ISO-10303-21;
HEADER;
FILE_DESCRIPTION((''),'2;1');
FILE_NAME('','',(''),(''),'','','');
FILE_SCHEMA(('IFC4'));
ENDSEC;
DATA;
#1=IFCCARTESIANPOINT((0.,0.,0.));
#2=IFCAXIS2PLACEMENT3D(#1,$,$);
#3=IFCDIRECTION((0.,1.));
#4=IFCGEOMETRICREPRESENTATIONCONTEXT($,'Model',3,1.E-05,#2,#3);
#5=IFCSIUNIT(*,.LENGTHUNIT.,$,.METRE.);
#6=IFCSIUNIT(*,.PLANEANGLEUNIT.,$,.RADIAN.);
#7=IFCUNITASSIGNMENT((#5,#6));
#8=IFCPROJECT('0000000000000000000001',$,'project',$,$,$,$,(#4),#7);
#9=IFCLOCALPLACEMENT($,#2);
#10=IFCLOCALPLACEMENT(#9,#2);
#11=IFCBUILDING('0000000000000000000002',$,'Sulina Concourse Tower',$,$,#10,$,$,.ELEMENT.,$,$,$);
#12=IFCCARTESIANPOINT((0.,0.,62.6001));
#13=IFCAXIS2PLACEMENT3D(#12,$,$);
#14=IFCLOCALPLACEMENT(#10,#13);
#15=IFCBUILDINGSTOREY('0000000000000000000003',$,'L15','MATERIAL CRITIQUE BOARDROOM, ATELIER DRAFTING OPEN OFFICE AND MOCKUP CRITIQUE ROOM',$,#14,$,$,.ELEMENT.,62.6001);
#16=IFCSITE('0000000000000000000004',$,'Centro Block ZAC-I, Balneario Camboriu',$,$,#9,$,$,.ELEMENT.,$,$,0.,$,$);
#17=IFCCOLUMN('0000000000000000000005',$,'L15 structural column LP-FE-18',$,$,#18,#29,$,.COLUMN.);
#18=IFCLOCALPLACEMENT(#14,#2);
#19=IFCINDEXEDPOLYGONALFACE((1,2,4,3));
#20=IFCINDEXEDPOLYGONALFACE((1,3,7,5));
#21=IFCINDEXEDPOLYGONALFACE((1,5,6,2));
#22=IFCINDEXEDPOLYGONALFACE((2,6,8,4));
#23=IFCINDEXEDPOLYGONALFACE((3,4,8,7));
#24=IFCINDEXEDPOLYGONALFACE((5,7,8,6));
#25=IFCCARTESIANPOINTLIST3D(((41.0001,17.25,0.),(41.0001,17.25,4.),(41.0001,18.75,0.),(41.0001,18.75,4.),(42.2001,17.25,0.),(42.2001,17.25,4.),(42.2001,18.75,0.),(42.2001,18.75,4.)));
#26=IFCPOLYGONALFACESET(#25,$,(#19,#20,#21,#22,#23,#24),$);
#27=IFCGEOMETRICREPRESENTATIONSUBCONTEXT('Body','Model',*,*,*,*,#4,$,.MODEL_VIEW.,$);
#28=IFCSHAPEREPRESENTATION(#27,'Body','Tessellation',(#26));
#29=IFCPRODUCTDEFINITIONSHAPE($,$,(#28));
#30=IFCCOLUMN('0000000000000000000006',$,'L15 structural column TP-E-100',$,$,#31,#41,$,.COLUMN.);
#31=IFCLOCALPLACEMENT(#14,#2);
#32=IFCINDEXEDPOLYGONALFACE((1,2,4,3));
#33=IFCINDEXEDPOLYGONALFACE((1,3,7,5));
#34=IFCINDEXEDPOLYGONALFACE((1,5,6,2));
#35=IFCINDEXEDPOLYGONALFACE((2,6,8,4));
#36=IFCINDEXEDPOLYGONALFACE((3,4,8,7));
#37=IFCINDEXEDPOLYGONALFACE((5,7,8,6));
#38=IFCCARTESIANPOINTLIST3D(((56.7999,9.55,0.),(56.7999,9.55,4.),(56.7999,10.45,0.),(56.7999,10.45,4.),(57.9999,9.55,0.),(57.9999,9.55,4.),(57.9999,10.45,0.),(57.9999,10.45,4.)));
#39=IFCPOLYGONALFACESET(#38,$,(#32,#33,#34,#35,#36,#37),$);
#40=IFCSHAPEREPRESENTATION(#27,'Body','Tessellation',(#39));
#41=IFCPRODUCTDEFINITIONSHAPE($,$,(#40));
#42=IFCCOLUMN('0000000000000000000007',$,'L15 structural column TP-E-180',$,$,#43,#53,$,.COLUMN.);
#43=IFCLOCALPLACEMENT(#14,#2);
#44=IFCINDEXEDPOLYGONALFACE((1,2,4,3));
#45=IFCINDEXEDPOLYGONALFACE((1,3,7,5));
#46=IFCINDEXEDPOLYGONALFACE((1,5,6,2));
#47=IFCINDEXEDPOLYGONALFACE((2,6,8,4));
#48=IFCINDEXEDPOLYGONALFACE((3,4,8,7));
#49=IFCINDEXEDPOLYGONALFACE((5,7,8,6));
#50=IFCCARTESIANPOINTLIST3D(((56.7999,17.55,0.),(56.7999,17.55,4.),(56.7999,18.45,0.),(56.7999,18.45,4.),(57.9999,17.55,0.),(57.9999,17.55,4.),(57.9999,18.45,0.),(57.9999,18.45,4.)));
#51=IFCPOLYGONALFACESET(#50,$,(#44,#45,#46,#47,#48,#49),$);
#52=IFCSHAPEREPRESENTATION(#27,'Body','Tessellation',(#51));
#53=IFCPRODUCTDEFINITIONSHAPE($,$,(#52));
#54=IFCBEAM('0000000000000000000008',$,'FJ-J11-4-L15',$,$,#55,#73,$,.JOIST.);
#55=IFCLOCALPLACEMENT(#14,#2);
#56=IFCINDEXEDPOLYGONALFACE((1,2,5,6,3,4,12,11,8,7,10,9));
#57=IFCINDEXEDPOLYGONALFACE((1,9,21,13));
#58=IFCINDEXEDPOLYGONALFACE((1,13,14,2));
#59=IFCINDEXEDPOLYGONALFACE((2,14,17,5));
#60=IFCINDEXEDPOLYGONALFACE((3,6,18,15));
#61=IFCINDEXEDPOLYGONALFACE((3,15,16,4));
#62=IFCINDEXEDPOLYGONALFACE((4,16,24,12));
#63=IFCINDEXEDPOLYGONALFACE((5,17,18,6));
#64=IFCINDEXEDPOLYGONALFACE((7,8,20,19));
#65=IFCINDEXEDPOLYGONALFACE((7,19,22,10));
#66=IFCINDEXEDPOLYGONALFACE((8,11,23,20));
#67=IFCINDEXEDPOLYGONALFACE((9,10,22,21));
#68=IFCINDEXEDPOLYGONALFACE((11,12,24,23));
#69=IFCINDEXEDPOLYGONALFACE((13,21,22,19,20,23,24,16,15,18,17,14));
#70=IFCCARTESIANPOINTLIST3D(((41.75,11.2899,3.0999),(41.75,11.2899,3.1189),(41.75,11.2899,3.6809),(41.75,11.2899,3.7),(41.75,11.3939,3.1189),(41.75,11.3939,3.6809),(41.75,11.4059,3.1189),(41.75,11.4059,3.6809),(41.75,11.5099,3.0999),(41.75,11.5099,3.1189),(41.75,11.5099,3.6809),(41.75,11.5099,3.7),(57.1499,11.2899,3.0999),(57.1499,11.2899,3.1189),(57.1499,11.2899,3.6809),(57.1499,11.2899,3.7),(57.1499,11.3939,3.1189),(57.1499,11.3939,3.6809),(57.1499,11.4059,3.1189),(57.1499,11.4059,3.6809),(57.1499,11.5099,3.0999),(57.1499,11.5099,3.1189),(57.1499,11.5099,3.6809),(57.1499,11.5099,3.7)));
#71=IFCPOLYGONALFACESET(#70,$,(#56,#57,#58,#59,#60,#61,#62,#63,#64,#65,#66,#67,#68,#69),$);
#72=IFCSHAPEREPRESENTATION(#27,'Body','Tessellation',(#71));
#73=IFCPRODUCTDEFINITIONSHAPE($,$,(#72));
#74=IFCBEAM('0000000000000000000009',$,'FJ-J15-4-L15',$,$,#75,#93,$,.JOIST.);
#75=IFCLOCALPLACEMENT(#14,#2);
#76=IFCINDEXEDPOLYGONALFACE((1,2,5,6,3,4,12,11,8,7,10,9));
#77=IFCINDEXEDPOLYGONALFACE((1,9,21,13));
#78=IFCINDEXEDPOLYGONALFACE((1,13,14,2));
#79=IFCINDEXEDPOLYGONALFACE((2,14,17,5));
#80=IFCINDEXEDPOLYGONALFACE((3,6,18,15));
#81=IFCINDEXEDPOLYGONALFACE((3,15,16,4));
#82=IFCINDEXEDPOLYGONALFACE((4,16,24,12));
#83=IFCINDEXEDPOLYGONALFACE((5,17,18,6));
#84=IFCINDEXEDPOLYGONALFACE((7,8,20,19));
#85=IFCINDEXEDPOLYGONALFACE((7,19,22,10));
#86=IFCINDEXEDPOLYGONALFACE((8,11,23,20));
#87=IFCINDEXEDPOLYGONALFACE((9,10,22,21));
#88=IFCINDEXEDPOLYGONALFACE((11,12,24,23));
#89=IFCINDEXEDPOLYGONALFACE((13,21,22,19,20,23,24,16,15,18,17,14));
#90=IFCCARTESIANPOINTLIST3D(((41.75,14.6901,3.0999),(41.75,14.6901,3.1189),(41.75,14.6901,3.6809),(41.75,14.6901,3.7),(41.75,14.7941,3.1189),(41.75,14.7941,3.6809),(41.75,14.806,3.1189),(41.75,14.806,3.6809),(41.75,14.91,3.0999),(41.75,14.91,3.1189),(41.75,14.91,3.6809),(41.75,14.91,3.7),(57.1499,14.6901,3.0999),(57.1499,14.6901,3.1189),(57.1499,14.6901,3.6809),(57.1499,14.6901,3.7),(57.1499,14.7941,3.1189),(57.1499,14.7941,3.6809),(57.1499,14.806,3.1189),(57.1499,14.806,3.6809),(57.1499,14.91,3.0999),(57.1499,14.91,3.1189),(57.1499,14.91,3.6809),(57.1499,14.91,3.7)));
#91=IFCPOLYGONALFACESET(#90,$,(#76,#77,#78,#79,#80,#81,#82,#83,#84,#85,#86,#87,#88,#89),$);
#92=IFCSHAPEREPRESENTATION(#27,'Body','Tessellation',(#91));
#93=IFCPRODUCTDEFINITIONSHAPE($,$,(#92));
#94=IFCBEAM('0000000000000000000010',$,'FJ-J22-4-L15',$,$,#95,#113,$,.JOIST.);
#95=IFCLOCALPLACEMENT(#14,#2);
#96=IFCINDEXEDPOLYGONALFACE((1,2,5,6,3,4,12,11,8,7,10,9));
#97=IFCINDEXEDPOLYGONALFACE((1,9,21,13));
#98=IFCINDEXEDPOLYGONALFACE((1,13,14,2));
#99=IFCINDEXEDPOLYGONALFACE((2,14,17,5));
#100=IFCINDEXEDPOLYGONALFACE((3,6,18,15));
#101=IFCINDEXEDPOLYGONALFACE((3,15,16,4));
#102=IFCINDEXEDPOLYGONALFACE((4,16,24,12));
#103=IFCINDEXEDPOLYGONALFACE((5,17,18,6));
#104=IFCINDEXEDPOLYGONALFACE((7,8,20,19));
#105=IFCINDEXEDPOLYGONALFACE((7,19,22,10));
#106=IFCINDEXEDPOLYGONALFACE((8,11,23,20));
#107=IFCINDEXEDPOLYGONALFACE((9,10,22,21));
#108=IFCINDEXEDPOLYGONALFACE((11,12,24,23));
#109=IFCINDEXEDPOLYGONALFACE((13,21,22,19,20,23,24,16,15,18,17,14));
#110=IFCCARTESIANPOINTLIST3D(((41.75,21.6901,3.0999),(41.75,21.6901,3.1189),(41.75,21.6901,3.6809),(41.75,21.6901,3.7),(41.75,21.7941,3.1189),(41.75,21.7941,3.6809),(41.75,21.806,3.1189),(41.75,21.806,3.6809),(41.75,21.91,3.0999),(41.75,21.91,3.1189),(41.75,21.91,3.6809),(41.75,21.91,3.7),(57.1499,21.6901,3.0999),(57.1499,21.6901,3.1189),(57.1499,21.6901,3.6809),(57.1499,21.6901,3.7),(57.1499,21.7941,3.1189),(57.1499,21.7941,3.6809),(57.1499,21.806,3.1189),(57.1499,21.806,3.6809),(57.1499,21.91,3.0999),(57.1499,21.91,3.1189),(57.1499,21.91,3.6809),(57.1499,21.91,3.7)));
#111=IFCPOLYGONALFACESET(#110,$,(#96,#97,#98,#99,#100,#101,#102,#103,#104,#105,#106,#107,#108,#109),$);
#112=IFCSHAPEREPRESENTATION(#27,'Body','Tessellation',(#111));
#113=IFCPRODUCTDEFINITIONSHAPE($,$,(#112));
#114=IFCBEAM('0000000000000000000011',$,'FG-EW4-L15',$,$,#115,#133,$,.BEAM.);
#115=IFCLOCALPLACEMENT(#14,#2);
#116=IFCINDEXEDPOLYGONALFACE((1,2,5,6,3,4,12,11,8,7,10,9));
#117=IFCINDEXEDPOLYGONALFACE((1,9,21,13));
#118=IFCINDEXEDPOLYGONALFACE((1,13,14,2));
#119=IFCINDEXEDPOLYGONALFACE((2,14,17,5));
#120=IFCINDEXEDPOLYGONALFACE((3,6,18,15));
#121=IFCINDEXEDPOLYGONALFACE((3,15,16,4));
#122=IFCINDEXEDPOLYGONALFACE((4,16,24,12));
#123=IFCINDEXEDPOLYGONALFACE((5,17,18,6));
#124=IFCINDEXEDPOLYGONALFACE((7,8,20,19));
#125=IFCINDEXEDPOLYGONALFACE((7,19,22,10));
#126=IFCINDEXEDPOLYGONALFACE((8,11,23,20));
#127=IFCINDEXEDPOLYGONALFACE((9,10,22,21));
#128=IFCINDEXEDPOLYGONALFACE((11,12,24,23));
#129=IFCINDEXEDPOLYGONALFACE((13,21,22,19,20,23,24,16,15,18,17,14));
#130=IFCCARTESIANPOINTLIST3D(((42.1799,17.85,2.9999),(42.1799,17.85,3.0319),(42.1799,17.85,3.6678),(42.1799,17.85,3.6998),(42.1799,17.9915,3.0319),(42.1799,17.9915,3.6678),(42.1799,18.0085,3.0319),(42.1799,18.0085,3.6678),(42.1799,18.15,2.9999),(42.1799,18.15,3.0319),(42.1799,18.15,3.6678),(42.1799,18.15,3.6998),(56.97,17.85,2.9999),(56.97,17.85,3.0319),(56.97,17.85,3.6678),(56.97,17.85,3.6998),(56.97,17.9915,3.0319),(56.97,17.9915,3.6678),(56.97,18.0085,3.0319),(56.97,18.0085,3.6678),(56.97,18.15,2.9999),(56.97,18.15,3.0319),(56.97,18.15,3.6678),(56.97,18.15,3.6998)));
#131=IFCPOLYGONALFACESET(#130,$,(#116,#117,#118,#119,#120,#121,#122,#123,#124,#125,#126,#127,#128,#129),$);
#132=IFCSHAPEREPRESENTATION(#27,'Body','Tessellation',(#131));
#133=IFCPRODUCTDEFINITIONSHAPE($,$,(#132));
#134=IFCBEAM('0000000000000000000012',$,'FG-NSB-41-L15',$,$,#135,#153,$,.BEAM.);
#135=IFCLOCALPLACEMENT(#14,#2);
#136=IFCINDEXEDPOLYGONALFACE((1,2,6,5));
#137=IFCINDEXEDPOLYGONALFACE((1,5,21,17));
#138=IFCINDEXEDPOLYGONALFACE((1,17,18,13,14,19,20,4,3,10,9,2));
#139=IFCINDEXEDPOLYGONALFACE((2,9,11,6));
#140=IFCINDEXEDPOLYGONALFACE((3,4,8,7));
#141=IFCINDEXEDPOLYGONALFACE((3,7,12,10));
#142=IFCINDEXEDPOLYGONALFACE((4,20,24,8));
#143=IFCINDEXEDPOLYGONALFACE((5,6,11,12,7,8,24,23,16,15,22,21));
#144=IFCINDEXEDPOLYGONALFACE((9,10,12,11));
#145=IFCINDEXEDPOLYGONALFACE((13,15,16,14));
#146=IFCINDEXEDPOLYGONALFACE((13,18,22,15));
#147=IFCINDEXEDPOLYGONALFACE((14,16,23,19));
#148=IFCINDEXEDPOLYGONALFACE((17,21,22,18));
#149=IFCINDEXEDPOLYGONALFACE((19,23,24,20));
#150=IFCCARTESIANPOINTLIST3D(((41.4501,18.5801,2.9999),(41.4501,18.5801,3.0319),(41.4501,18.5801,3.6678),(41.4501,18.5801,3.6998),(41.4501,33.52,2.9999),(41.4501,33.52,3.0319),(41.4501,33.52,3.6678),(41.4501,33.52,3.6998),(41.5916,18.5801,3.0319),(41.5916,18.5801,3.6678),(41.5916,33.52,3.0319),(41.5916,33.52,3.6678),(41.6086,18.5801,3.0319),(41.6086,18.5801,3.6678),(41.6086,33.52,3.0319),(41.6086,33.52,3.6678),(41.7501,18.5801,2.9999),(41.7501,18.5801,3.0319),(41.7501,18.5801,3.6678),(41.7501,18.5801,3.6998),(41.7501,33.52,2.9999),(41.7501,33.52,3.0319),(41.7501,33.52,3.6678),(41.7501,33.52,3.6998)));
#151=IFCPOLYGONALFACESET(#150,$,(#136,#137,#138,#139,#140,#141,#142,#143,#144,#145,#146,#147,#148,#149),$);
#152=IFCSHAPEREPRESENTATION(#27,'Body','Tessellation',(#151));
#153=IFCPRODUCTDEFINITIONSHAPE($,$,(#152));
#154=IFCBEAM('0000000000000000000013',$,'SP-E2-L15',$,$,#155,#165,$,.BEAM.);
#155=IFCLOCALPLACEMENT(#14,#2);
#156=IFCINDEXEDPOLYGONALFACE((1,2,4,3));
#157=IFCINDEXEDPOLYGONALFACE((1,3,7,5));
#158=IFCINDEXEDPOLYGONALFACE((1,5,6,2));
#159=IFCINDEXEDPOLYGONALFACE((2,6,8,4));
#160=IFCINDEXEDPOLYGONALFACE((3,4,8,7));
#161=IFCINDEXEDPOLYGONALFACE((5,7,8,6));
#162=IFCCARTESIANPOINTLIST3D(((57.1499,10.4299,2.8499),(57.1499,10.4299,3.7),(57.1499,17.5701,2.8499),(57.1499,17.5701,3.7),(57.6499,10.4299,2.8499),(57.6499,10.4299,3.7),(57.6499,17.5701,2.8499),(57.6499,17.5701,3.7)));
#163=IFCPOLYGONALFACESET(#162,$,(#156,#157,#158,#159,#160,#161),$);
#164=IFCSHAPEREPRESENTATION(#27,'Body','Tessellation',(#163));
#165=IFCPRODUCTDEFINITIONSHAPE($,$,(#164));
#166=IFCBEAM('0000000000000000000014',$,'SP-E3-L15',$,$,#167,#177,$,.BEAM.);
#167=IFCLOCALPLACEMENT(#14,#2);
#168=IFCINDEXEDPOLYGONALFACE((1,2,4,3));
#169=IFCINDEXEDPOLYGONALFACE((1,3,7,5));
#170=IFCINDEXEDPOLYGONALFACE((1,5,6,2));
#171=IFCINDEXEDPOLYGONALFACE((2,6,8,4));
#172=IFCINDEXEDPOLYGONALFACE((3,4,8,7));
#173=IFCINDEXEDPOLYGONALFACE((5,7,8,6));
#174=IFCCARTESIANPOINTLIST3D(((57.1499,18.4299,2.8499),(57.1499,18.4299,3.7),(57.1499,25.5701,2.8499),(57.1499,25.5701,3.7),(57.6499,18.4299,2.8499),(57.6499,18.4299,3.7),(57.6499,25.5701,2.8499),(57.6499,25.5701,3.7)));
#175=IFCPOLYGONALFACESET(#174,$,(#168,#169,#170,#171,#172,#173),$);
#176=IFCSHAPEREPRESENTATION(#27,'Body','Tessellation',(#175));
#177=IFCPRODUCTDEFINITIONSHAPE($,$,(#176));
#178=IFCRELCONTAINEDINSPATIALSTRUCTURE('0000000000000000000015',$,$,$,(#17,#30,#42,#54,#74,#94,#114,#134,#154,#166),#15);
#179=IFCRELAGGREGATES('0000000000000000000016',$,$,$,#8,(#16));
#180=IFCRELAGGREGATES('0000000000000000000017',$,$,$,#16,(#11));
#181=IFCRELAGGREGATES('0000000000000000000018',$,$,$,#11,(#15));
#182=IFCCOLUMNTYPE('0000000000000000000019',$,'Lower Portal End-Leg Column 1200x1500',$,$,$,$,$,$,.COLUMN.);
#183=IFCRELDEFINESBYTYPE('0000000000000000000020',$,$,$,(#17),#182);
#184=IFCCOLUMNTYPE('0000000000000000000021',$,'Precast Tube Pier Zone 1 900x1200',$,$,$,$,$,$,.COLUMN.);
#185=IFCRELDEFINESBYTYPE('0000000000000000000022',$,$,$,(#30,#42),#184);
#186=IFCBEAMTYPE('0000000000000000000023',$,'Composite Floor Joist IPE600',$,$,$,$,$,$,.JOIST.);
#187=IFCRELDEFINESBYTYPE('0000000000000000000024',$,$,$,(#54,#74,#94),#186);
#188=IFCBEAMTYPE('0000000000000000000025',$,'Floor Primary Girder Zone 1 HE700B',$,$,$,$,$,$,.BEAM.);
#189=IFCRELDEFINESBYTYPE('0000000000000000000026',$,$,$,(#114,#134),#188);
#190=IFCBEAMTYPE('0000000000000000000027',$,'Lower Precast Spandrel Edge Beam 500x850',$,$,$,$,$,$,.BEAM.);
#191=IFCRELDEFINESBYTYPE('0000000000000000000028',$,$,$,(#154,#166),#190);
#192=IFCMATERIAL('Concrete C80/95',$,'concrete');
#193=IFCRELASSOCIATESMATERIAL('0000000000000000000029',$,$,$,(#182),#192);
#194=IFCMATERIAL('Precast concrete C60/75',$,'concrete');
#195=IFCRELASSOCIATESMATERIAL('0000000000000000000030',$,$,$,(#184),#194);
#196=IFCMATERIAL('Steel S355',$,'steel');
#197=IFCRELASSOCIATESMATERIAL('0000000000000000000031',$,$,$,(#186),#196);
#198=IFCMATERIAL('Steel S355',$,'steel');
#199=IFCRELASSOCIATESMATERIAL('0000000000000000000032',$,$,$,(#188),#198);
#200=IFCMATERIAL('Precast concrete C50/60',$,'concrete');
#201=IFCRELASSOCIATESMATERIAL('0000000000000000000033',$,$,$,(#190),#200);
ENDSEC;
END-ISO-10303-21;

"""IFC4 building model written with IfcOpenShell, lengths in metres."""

from ifc_helpers import new_model, si_unit, direction, frame, origin, origin_2d, place, context, subcontext, project, spatial, rectangle, i_section, extrude, material, material_profile, profile_set, type_object, element, save


model = new_model("IFC4")

# Units and contexts
model_context = context("Model", 3, precision=1e-05, world=origin(), true_north=direction((0.0, 1.0)))
body_context = subcontext(model_context, "Body", "Model", "MODEL_VIEW")
ifc_project = project(units=[si_unit("LENGTHUNIT", "METRE"), si_unit("PLANEANGLEUNIT", "RADIAN")], contexts=[model_context])

# Site, building, storey
site_placement = place(None, origin())
site = spatial("IfcSite", under=ifc_project, at=site_placement, Name="Centro Block ZAC-I, Balneario Camboriu", CompositionType="ELEMENT", RefElevation=0.0)
building_placement = place(site_placement, origin())
building = spatial("IfcBuilding", under=site, at=building_placement, Name="Sulina Concourse Tower", CompositionType="ELEMENT")
storey_placement = place(building_placement, frame((0.0, 0.0, 62.6001)))
storey = spatial("IfcBuildingStorey", under=building, at=storey_placement, Name="L15", Description="MATERIAL CRITIQUE BOARDROOM, ATELIER DRAFTING OPEN OFFICE AND MOCKUP CRITIQUE ROOM", CompositionType="ELEMENT", Elevation=62.6001)

# Columns
ifc_material_1 = material(Name="Concrete C80/95", Category="concrete")
ifc_material_profile_1 = material_profile(ifc_material_1, rectangle(XDim=1.2, YDim=1.5, at=origin_2d()), Name="RC 1200x1500")
ifc_profile_set_1 = profile_set([ifc_material_profile_1], Name="Concrete C80/95")
column_type_1 = type_object("IfcColumnType", Name="Lower Portal End-Leg Column 1200x1500", PredefinedType="COLUMN", material=ifc_profile_set_1)
column_placement = place(storey_placement, frame((41.6001, 18.0, 0.0), z_axis=(0.0, 0.0, 1.0), x_axis=(1.0, 0.0, 0.0)))
element("IfcColumn", 1, at=column_placement, inside=storey, type_object=column_type_1, Name="L15 structural column LP-FE-18", PredefinedType="COLUMN", context=body_context, shape_type="SweptSolid", body=[
    extrude(rectangle(XDim=1.2, YDim=1.5, at=origin_2d()), origin(), (0.0, 0.0, 1.0), 4.0),
])
ifc_material_2 = material(Name="Precast concrete C60/75", Category="concrete")
ifc_material_profile_2 = material_profile(ifc_material_2, rectangle(XDim=0.8999, YDim=1.2, at=origin_2d()), Name="PC 900x1200")
ifc_profile_set_2 = profile_set([ifc_material_profile_2], Name="Precast concrete C60/75")
column_type_2 = type_object("IfcColumnType", Name="Precast Tube Pier Zone 1 900x1200", PredefinedType="COLUMN", material=ifc_profile_set_2)
for number, where, z_axis, x_axis, name in (
    (2, (57.3999, 10.0, 0.0), (0.0, 0.0, 1.0), (0.0, 1.0, 0.0), "L15 structural column TP-E-100"),
    (3, (57.3999, 18.0, 0.0), (0.0, 0.0, 1.0), (0.0, 1.0, 0.0), "L15 structural column TP-E-180"),
):
    element("IfcColumn", number, at=place(storey_placement, frame(where, z_axis=z_axis, x_axis=x_axis)), inside=storey, type_object=column_type_2, Name=name, PredefinedType="COLUMN", context=body_context, shape_type="SweptSolid", body=[
        extrude(rectangle(XDim=0.8999, YDim=1.2, at=origin_2d()), origin(), (0.0, 0.0, 1.0), 4.0),
    ])

# Beams
ifc_material_3 = material(Name="Steel S355", Category="steel")
ifc_material_profile_3 = material_profile(ifc_material_3, i_section(OverallWidth=0.22, OverallDepth=0.6001, WebThickness=0.012, FlangeThickness=0.019, at=origin_2d()), Name="IPE 600")
ifc_profile_set_3 = profile_set([ifc_material_profile_3], Name="Steel S355")
beam_type_1 = type_object("IfcBeamType", Name="Composite Floor Joist IPE600", PredefinedType="JOIST", material=ifc_profile_set_3)
for number, where, z_axis, x_axis, name in (
    (4, (41.75, 11.3999, 3.3999), (1.0, 0.0, 0.0), (0.0, 1.0, 0.0), "FJ-J11-4-L15"),
    (5, (41.75, 14.8, 3.3999), (1.0, 0.0, 0.0), (0.0, 1.0, 0.0), "FJ-J15-4-L15"),
    (6, (41.75, 21.8, 3.3999), (1.0, 0.0, 0.0), (0.0, 1.0, 0.0), "FJ-J22-4-L15"),
):
    element("IfcBeam", number, at=place(storey_placement, frame(where, z_axis=z_axis, x_axis=x_axis)), inside=storey, type_object=beam_type_1, Name=name, PredefinedType="JOIST", context=body_context, shape_type="SweptSolid", body=[
        extrude(i_section(OverallWidth=0.22, OverallDepth=0.6001, WebThickness=0.012, FlangeThickness=0.019, at=origin_2d()), origin(), (0.0, 0.0, 1.0), 15.3999),
    ])
ifc_material_4 = material(Name="Steel S355", Category="steel")
ifc_material_profile_4 = material_profile(ifc_material_4, i_section(OverallWidth=0.3, OverallDepth=0.7, WebThickness=0.0171, FlangeThickness=0.032, at=origin_2d()), Name="HE 700 B")
ifc_profile_set_4 = profile_set([ifc_material_profile_4], Name="Steel S355")
beam_type_2 = type_object("IfcBeamType", Name="Floor Primary Girder Zone 1 HE700B", PredefinedType="BEAM", material=ifc_profile_set_4)
beam_1_placement = place(storey_placement, frame((42.1799, 18.0, 3.3499), z_axis=(1.0, 0.0, 0.0), x_axis=(0.0, 1.0, 0.0)))
element("IfcBeam", 7, at=beam_1_placement, inside=storey, type_object=beam_type_2, Name="FG-EW4-L15", PredefinedType="BEAM", context=body_context, shape_type="SweptSolid", body=[
    extrude(i_section(OverallWidth=0.3, OverallDepth=0.7, WebThickness=0.0171, FlangeThickness=0.032, at=origin_2d()), origin(), (0.0, 0.0, 1.0), 14.79),
])
beam_2_placement = place(storey_placement, frame((41.6001, 18.5801, 3.3499), z_axis=(0.0, 1.0, 0.0), x_axis=(-1.0, 0.0, 0.0)))
element("IfcBeam", 8, at=beam_2_placement, inside=storey, type_object=beam_type_2, Name="FG-NSB-41-L15", PredefinedType="BEAM", context=body_context, shape_type="SweptSolid", body=[
    extrude(i_section(OverallWidth=0.3, OverallDepth=0.7, WebThickness=0.0171, FlangeThickness=0.032, at=origin_2d()), origin(), (0.0, 0.0, 1.0), 14.9399),
])
ifc_material_5 = material(Name="Precast concrete C50/60", Category="concrete")
ifc_material_profile_5 = material_profile(ifc_material_5, rectangle(XDim=0.5, YDim=0.8501, at=origin_2d()), Name="RC 500x850")
ifc_profile_set_5 = profile_set([ifc_material_profile_5], Name="Precast concrete C50/60")
beam_type_3 = type_object("IfcBeamType", Name="Lower Precast Spandrel Edge Beam 500x850", PredefinedType="BEAM", material=ifc_profile_set_5)
for number, where, z_axis, x_axis, name in (
    (9, (57.3999, 10.4299, 3.2749), (0.0, 1.0, 0.0), (-1.0, 0.0, 0.0), "SP-E2-L15"),
    (10, (57.3999, 18.4299, 3.2749), (0.0, 1.0, 0.0), (-1.0, 0.0, 0.0), "SP-E3-L15"),
):
    element("IfcBeam", number, at=place(storey_placement, frame(where, z_axis=z_axis, x_axis=x_axis)), inside=storey, type_object=beam_type_3, Name=name, PredefinedType="BEAM", context=body_context, shape_type="SweptSolid", body=[
        extrude(rectangle(XDim=0.5, YDim=0.8501, at=origin_2d()), origin(), (0.0, 0.0, 1.0), 7.1401),
    ])

save(model, "model.ifc")
